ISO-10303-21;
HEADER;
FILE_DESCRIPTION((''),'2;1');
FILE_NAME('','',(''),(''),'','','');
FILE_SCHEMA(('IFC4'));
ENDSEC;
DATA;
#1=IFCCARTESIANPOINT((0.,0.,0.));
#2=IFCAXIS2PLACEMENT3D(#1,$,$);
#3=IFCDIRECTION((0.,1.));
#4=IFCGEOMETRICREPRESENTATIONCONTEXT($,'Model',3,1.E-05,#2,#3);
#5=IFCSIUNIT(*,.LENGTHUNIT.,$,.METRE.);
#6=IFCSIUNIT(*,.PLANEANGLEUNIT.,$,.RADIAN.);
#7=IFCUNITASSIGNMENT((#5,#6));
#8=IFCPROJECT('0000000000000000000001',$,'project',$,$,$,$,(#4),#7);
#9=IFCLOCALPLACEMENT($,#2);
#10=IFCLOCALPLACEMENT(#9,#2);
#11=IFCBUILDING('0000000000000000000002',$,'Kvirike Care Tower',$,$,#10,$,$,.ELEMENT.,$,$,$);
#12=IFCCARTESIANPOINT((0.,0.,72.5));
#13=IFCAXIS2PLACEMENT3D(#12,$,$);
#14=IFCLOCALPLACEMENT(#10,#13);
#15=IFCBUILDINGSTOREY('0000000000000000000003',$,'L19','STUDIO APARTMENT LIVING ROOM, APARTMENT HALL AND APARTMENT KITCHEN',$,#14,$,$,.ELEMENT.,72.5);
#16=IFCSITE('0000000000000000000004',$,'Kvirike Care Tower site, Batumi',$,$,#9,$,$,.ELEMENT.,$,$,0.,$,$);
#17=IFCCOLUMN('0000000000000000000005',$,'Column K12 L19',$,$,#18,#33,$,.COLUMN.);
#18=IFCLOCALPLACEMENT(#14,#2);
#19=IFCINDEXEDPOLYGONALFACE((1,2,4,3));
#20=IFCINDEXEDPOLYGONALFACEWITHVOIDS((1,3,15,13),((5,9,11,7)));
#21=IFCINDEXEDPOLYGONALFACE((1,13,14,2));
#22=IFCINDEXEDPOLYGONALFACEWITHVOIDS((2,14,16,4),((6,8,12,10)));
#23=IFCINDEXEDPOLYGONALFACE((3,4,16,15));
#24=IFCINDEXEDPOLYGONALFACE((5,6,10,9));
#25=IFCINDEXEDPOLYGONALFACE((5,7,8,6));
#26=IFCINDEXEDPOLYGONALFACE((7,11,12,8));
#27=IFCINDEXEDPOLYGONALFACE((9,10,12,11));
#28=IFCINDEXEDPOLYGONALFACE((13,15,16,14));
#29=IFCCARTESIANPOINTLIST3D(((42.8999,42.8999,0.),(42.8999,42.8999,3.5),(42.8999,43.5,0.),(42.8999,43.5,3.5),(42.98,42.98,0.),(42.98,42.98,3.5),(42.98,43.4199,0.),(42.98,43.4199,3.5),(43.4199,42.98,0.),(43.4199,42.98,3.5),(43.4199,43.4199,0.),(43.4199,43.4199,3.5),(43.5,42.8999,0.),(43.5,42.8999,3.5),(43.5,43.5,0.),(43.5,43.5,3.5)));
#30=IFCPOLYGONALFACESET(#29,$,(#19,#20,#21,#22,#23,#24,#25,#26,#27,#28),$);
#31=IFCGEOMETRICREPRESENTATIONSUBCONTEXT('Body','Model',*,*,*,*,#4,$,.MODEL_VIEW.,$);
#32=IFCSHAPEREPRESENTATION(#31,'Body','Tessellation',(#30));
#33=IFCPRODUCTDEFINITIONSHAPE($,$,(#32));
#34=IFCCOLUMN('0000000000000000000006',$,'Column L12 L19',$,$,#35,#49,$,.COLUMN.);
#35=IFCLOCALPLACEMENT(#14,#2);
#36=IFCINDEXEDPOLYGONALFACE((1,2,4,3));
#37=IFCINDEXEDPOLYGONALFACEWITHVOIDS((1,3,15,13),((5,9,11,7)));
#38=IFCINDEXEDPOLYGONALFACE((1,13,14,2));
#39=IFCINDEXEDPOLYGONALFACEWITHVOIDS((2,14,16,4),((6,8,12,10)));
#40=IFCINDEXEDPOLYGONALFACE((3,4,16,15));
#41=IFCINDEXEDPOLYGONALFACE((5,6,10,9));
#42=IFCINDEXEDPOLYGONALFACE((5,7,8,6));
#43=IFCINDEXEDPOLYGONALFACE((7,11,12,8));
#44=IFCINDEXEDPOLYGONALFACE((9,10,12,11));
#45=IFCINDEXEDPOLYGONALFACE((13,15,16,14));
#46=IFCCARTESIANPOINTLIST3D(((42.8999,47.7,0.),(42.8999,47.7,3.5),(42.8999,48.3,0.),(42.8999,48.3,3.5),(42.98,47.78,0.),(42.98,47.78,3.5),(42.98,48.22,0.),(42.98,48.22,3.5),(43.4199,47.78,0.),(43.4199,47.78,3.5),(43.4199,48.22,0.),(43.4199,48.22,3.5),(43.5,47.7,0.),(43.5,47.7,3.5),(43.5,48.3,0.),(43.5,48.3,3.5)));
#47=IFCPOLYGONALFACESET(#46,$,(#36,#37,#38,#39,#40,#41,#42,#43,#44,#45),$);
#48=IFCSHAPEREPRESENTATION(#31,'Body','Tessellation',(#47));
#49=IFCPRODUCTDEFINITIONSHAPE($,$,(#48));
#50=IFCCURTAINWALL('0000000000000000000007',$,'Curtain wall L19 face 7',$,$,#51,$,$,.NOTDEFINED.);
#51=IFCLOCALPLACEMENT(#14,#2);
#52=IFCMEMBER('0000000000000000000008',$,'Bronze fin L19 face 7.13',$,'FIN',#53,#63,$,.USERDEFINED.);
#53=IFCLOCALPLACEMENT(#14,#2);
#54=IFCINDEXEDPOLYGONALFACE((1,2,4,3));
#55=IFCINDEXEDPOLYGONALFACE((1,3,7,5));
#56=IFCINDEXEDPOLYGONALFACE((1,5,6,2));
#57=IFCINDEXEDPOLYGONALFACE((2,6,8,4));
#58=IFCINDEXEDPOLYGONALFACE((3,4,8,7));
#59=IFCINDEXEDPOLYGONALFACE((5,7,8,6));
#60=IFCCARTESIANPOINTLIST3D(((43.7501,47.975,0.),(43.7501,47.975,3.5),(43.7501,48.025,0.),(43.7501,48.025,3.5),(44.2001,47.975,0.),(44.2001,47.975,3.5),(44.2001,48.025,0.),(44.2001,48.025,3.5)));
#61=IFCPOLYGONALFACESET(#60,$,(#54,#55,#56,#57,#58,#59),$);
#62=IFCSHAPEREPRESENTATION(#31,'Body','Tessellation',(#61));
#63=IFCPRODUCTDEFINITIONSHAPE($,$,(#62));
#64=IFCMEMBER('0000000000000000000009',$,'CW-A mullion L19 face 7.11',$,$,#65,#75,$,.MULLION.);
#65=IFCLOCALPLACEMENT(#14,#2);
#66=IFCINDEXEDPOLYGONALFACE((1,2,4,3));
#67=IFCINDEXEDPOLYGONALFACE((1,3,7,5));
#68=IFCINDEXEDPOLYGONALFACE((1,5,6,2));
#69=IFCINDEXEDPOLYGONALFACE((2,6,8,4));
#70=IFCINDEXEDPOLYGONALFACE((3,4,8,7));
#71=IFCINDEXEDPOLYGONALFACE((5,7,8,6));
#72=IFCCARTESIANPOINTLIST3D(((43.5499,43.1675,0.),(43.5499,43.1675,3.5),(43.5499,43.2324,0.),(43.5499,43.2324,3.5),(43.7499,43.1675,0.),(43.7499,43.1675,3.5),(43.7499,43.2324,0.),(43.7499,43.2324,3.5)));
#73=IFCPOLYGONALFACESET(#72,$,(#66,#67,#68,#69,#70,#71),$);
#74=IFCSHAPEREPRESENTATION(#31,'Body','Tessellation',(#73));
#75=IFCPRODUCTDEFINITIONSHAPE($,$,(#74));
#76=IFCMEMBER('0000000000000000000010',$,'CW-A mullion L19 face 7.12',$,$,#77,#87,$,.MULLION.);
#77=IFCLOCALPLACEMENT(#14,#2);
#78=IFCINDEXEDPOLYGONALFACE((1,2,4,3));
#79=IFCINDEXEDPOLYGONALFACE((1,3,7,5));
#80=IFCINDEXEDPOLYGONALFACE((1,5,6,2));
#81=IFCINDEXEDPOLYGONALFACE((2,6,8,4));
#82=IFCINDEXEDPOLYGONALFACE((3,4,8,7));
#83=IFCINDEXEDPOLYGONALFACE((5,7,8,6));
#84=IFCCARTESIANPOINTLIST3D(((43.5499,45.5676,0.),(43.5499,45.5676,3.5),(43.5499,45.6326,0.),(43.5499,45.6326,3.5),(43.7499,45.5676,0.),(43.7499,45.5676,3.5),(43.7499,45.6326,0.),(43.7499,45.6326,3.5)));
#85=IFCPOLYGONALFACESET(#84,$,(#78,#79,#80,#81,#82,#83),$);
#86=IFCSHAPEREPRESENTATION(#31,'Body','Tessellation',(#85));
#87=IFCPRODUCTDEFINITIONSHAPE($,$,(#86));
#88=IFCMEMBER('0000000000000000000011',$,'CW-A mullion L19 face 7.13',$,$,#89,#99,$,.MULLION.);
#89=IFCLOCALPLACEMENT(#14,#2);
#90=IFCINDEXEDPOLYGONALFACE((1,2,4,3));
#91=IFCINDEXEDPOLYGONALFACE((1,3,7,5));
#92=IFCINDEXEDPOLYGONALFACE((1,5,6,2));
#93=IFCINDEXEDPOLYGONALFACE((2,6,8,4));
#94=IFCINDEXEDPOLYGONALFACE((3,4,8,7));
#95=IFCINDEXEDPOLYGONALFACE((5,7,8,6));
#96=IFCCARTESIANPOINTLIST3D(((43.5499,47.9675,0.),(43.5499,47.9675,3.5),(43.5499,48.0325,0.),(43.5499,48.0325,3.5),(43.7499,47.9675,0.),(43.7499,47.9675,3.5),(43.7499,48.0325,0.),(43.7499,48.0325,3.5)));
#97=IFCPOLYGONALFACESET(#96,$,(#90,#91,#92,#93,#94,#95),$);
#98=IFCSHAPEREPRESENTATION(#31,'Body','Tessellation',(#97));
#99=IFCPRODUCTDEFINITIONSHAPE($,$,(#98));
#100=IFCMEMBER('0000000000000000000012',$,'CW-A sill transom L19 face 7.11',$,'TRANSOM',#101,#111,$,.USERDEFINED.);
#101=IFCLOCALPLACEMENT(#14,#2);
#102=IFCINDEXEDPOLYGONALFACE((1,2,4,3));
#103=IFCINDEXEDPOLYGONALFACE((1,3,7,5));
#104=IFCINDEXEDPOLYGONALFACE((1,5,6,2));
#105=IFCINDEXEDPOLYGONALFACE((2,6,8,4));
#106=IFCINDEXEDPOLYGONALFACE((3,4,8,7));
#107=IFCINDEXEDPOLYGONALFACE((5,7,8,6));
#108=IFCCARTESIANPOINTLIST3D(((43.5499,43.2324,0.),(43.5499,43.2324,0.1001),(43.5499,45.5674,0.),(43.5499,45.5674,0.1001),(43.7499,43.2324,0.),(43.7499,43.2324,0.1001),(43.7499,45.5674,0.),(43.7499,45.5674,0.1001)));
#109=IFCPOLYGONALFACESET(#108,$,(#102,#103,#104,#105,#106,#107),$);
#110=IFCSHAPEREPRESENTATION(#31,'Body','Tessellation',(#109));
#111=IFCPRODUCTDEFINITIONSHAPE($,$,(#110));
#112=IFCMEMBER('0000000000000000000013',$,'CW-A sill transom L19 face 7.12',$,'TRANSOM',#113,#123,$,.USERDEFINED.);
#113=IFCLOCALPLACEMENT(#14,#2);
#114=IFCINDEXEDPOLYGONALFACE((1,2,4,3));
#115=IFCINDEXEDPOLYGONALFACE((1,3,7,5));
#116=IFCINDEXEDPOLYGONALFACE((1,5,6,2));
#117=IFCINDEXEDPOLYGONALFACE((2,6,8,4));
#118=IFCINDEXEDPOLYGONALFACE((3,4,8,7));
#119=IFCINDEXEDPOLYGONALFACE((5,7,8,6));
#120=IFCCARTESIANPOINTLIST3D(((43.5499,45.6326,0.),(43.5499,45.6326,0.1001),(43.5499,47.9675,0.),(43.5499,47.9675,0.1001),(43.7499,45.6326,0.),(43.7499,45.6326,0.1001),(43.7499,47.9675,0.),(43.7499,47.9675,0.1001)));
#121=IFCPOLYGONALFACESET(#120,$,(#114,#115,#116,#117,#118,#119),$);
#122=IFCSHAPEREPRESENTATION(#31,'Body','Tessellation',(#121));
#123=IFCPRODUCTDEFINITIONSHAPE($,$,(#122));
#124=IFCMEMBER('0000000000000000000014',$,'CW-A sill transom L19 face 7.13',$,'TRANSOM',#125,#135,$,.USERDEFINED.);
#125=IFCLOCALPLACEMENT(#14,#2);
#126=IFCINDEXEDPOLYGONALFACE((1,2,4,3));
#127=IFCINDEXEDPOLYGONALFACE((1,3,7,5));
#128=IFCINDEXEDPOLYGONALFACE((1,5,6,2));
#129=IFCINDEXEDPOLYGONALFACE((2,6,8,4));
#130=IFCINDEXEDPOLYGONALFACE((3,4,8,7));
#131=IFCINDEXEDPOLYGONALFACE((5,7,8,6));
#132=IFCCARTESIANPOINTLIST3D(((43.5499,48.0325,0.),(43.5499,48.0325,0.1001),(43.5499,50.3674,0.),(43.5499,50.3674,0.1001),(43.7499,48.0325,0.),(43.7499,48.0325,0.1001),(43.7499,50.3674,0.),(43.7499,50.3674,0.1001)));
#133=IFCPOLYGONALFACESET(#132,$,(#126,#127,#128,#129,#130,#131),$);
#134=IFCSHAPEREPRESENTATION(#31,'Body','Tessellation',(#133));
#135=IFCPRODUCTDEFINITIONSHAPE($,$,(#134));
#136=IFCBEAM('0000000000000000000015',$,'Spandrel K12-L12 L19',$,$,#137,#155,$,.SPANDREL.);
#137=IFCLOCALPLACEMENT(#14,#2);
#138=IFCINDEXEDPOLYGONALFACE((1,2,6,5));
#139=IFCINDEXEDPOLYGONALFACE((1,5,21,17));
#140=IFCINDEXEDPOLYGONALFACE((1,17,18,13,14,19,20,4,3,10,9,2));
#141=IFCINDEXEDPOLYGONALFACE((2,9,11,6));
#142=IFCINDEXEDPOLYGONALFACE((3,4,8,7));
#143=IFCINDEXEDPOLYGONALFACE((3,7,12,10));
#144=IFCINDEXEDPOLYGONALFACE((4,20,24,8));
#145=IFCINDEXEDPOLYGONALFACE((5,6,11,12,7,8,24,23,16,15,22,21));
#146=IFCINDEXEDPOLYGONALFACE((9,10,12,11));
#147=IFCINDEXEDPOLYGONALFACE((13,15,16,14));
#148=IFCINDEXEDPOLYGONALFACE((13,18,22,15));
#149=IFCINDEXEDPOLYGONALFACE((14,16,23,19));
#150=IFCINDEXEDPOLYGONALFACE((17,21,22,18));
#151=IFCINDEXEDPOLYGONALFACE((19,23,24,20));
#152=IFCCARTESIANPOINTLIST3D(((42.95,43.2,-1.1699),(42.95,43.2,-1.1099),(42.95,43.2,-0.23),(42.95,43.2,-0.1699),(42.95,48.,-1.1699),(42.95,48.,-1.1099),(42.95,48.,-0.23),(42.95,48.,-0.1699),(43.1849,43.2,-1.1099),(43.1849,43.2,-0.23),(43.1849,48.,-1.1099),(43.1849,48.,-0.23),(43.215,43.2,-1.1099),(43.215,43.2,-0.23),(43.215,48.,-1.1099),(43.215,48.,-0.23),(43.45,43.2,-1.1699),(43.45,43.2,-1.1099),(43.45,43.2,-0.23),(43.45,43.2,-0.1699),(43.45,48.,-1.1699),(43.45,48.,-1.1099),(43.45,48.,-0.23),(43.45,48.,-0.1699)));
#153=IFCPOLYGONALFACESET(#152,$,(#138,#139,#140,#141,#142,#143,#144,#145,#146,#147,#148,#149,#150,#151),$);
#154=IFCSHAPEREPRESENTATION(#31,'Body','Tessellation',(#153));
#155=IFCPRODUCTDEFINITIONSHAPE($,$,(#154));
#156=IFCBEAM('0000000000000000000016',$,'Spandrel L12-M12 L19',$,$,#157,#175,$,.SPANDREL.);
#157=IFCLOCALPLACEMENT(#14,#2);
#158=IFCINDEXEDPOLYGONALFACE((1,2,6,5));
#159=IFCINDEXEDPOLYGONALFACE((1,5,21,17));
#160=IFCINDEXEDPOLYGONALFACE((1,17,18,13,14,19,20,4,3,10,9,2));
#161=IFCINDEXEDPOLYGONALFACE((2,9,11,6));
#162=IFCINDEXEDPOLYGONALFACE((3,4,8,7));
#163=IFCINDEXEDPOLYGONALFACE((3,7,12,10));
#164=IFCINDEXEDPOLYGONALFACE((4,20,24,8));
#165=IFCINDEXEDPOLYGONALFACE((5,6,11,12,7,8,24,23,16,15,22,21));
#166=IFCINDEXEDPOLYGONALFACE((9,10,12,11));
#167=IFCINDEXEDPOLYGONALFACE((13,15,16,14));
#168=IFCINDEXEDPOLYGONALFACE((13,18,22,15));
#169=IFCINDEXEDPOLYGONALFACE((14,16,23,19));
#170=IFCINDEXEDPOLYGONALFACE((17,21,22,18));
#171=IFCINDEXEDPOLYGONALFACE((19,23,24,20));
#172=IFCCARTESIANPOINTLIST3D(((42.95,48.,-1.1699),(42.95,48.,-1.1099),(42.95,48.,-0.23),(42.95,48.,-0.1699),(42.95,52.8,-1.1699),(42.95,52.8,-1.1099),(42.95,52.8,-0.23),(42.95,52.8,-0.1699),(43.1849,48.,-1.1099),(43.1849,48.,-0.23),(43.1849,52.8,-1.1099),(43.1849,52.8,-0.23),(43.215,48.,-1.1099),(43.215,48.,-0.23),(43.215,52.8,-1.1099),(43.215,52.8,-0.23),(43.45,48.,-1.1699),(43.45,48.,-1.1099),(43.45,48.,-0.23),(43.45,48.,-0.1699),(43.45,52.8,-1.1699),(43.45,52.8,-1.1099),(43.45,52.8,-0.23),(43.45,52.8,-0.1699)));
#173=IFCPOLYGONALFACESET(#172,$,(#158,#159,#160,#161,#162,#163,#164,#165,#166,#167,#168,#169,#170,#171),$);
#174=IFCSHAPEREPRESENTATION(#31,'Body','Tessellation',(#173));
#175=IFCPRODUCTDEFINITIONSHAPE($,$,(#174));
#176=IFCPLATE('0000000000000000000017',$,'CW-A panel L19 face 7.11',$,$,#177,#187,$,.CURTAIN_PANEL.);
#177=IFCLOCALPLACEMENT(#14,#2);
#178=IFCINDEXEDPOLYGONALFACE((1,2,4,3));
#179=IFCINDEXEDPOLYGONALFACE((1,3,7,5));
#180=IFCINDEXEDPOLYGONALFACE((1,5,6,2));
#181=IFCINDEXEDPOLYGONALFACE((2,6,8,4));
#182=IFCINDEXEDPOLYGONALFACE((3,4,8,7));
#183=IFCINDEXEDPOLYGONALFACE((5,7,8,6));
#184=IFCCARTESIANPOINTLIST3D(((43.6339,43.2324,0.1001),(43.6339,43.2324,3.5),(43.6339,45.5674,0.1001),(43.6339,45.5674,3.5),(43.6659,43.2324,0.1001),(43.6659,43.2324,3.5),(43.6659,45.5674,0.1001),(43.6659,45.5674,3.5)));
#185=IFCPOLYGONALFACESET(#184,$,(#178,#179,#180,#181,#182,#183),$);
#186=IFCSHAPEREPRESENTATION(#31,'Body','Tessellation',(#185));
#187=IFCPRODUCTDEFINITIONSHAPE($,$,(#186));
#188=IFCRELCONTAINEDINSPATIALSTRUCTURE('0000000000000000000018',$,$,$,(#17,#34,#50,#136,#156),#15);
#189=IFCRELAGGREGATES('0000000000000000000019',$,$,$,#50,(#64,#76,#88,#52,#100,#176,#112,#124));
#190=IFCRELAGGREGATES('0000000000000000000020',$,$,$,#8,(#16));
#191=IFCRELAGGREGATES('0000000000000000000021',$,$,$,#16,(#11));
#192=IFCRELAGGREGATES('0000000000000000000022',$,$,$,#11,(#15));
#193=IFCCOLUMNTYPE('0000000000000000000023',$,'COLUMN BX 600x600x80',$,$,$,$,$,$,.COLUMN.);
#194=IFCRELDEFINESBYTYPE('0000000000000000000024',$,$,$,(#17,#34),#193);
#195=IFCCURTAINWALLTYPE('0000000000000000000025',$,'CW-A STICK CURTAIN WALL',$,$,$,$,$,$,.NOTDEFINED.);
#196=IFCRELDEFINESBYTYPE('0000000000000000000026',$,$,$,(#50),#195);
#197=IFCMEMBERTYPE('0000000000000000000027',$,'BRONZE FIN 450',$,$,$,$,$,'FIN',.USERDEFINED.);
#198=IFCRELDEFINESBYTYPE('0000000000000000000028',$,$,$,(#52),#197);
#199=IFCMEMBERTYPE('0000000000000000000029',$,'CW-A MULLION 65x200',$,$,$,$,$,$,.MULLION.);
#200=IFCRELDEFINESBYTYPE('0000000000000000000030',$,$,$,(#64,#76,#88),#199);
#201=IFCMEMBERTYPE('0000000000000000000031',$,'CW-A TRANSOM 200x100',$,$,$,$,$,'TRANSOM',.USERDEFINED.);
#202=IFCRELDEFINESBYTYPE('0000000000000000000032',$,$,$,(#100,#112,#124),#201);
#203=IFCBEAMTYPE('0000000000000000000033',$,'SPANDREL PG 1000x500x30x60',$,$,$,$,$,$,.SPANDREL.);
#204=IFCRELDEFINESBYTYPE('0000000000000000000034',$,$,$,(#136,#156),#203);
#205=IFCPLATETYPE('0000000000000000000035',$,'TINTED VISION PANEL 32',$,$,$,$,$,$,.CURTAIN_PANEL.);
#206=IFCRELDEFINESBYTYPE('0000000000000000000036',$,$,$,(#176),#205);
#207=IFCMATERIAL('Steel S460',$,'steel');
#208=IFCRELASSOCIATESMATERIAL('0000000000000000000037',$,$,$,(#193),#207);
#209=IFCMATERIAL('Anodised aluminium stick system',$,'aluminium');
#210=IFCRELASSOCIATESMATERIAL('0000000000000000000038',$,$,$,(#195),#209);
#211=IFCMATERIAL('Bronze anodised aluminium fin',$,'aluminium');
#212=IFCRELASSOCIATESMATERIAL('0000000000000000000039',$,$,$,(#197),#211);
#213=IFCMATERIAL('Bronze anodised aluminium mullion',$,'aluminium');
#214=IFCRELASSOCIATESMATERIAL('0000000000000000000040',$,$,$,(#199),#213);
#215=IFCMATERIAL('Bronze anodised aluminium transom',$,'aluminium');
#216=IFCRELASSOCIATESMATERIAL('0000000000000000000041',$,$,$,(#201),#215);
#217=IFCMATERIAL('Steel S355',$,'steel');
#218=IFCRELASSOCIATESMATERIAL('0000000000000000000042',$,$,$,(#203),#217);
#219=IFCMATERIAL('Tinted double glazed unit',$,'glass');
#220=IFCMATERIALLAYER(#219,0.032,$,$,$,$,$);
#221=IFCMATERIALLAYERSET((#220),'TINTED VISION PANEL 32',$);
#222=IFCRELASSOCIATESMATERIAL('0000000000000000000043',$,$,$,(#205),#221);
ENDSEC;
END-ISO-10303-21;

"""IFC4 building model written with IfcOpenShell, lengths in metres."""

from ifc_helpers import new_model, si_unit, direction, frame, origin, origin_2d, place, context, subcontext, project, spatial, rectangle, hollow_rectangle, i_section, extrude, material, layer, layer_set, material_profile, profile_set, type_object, element, aggregate, save


model = new_model("IFC4")

# Units and contexts
model_context = context("Model", 3, precision=1e-05, world=origin(), true_north=direction((0.0, 1.0)))
body_context = subcontext(model_context, "Body", "Model", "MODEL_VIEW")
ifc_project = project(units=[si_unit("LENGTHUNIT", "METRE"), si_unit("PLANEANGLEUNIT", "RADIAN")], contexts=[model_context])

# Site, building, storey
site_placement = place(None, origin())
site = spatial("IfcSite", under=ifc_project, at=site_placement, Name="Kvirike Care Tower site, Batumi", CompositionType="ELEMENT", RefElevation=0.0)
building_placement = place(site_placement, origin())
building = spatial("IfcBuilding", under=site, at=building_placement, Name="Kvirike Care Tower", CompositionType="ELEMENT")
storey_placement = place(building_placement, frame((0.0, 0.0, 72.5)))
storey = spatial("IfcBuildingStorey", under=building, at=storey_placement, Name="L19", Description="STUDIO APARTMENT LIVING ROOM, APARTMENT HALL AND APARTMENT KITCHEN", CompositionType="ELEMENT", Elevation=72.5)

# Columns
ifc_material_1 = material(Name="Steel S460", Category="steel")
ifc_material_profile_1 = material_profile(ifc_material_1, hollow_rectangle(XDim=0.6001, YDim=0.6001, WallThickness=0.0801, at=origin_2d()), Name="BX 600x600x80")
ifc_profile_set_1 = profile_set([ifc_material_profile_1], Name="Steel S460")
column_type = type_object("IfcColumnType", Name="COLUMN BX 600x600x80", PredefinedType="COLUMN", material=ifc_profile_set_1)
for number, where, z_axis, x_axis, name in (
    (1, (43.2, 43.2, 0.0), (0.0, 0.0, 1.0), (0.0, 1.0, 0.0), "Column K12 L19"),
    (2, (43.2, 48.0, 0.0), (0.0, 0.0, 1.0), (1.0, 0.0, 0.0), "Column L12 L19"),
):
    element("IfcColumn", number, at=place(storey_placement, frame(where, z_axis=z_axis, x_axis=x_axis)), inside=storey, type_object=column_type, Name=name, PredefinedType="COLUMN", context=body_context, shape_type="SweptSolid", body=[
        extrude(hollow_rectangle(XDim=0.6001, YDim=0.6001, WallThickness=0.0801, at=origin_2d()), origin(), (0.0, 0.0, 1.0), 3.5),
    ])

# Curtain wall, members
ifc_material_2 = material(Name="Anodised aluminium stick system", Category="aluminium")
curtain_wall_type = type_object("IfcCurtainWallType", Name="CW-A STICK CURTAIN WALL", PredefinedType="NOTDEFINED", material=ifc_material_2)
curtain_wall_placement = place(storey_placement, origin())
curtain_wall = element("IfcCurtainWall", 3, at=curtain_wall_placement, inside=storey, type_object=curtain_wall_type, Name="Curtain wall L19 face 7", PredefinedType="NOTDEFINED")
ifc_material_3 = material(Name="Bronze anodised aluminium fin", Category="aluminium")
ifc_material_profile_2 = material_profile(ifc_material_3, rectangle(XDim=0.05, YDim=0.45, at=origin_2d()), Name="BRONZE FIN 450")
ifc_profile_set_2 = profile_set([ifc_material_profile_2], Name="Bronze anodised aluminium fin")
member_type_1 = type_object("IfcMemberType", Name="BRONZE FIN 450", ElementType="FIN", PredefinedType="USERDEFINED", material=ifc_profile_set_2)
member_1_placement = place(storey_placement, frame((43.9751, 48.0, 0.0), z_axis=(0.0, 0.0, 1.0), x_axis=(0.0, 1.0, 0.0)))
member_1 = element("IfcMember", 4, at=member_1_placement, type_object=member_type_1, Name="Bronze fin L19 face 7.13", ObjectType="FIN", PredefinedType="USERDEFINED", context=body_context, shape_type="SweptSolid", body=[
    extrude(rectangle(XDim=0.05, YDim=0.45, at=origin_2d()), origin(), (0.0, 0.0, 1.0), 3.5),
])
ifc_material_4 = material(Name="Bronze anodised aluminium mullion", Category="aluminium")
ifc_material_profile_3 = material_profile(ifc_material_4, rectangle(XDim=0.0649, YDim=0.2, at=origin_2d()), Name="CW-A MULLION 65x200")
ifc_profile_set_3 = profile_set([ifc_material_profile_3], Name="Bronze anodised aluminium mullion")
member_type_2 = type_object("IfcMemberType", Name="CW-A MULLION 65x200", PredefinedType="MULLION", material=ifc_profile_set_3)
member_2_placement = place(storey_placement, frame((43.6499, 43.2, 0.0), z_axis=(0.0, 0.0, 1.0), x_axis=(0.0, 1.0, 0.0)))
member_2 = element("IfcMember", 5, at=member_2_placement, type_object=member_type_2, Name="CW-A mullion L19 face 7.11", PredefinedType="MULLION", context=body_context, shape_type="SweptSolid", body=[
    extrude(rectangle(XDim=0.0649, YDim=0.2, at=origin_2d()), origin(), (0.0, 0.0, 1.0), 3.5),
])
member_3_placement = place(storey_placement, frame((43.6499, 45.6001, 0.0), z_axis=(0.0, 0.0, 1.0), x_axis=(0.0, 1.0, 0.0)))
member_3 = element("IfcMember", 6, at=member_3_placement, type_object=member_type_2, Name="CW-A mullion L19 face 7.12", PredefinedType="MULLION", context=body_context, shape_type="SweptSolid", body=[
    extrude(rectangle(XDim=0.0649, YDim=0.2, at=origin_2d()), origin(), (0.0, 0.0, 1.0), 3.5),
])
member_4_placement = place(storey_placement, frame((43.6499, 48.0, 0.0), z_axis=(0.0, 0.0, 1.0), x_axis=(0.0, 1.0, 0.0)))
member_4 = element("IfcMember", 7, at=member_4_placement, type_object=member_type_2, Name="CW-A mullion L19 face 7.13", PredefinedType="MULLION", context=body_context, shape_type="SweptSolid", body=[
    extrude(rectangle(XDim=0.0649, YDim=0.2, at=origin_2d()), origin(), (0.0, 0.0, 1.0), 3.5),
])
ifc_material_5 = material(Name="Bronze anodised aluminium transom", Category="aluminium")
ifc_material_profile_4 = material_profile(ifc_material_5, rectangle(XDim=0.2, YDim=0.1001, at=origin_2d()), Name="CW-A TRANSOM 200x100")
ifc_profile_set_4 = profile_set([ifc_material_profile_4], Name="Bronze anodised aluminium transom")
member_type_3 = type_object("IfcMemberType", Name="CW-A TRANSOM 200x100", ElementType="TRANSOM", PredefinedType="USERDEFINED", material=ifc_profile_set_4)
member_5_placement = place(storey_placement, frame((43.6499, 43.2324, 0.05), z_axis=(0.0, 1.0, 0.0), x_axis=(-1.0, 0.0, 0.0)))
member_5 = element("IfcMember", 8, at=member_5_placement, type_object=member_type_3, Name="CW-A sill transom L19 face 7.11", ObjectType="TRANSOM", PredefinedType="USERDEFINED", context=body_context, shape_type="SweptSolid", body=[
    extrude(rectangle(XDim=0.2, YDim=0.1001, at=origin_2d()), origin(), (0.0, 0.0, 1.0), 2.335),
])
member_6_placement = place(storey_placement, frame((43.6499, 45.6326, 0.05), z_axis=(0.0, 1.0, 0.0), x_axis=(-1.0, 0.0, 0.0)))
member_6 = element("IfcMember", 9, at=member_6_placement, type_object=member_type_3, Name="CW-A sill transom L19 face 7.12", ObjectType="TRANSOM", PredefinedType="USERDEFINED", context=body_context, shape_type="SweptSolid", body=[
    extrude(rectangle(XDim=0.2, YDim=0.1001, at=origin_2d()), origin(), (0.0, 0.0, 1.0), 2.335),
])
member_7_placement = place(storey_placement, frame((43.6499, 48.0325, 0.05), z_axis=(0.0, 1.0, 0.0), x_axis=(-1.0, 0.0, 0.0)))
member_7 = element("IfcMember", 10, at=member_7_placement, type_object=member_type_3, Name="CW-A sill transom L19 face 7.13", ObjectType="TRANSOM", PredefinedType="USERDEFINED", context=body_context, shape_type="SweptSolid", body=[
    extrude(rectangle(XDim=0.2, YDim=0.1001, at=origin_2d()), origin(), (0.0, 0.0, 1.0), 2.335),
])

# Beams
ifc_material_6 = material(Name="Steel S355", Category="steel")
ifc_material_profile_5 = material_profile(ifc_material_6, i_section(OverallWidth=0.5, OverallDepth=1.0, WebThickness=0.03, FlangeThickness=0.0601, at=origin_2d()), Name="PG 1000x500x30x60")
ifc_profile_set_5 = profile_set([ifc_material_profile_5], Name="Steel S355")
beam_type = type_object("IfcBeamType", Name="SPANDREL PG 1000x500x30x60", PredefinedType="SPANDREL", material=ifc_profile_set_5)
for number, where, z_axis, x_axis, name in (
    (11, (43.2, 43.2, -0.6699), (0.0, 1.0, 0.0), (-1.0, 0.0, 0.0), "Spandrel K12-L12 L19"),
    (12, (43.2, 48.0, -0.6699), (0.0, 1.0, 0.0), (-1.0, 0.0, 0.0), "Spandrel L12-M12 L19"),
):
    element("IfcBeam", number, at=place(storey_placement, frame(where, z_axis=z_axis, x_axis=x_axis)), inside=storey, type_object=beam_type, Name=name, PredefinedType="SPANDREL", context=body_context, shape_type="SweptSolid", body=[
        extrude(i_section(OverallWidth=0.5, OverallDepth=1.0, WebThickness=0.03, FlangeThickness=0.0601, at=origin_2d()), origin(), (0.0, 0.0, 1.0), 4.8),
    ])

# Plate
ifc_material_7 = material(Name="Tinted double glazed unit", Category="glass")
ifc_layer_1 = layer(ifc_material_7, 0.032)
ifc_layer_set_1 = layer_set([ifc_layer_1], Name="TINTED VISION PANEL 32")
plate_type = type_object("IfcPlateType", Name="TINTED VISION PANEL 32", PredefinedType="CURTAIN_PANEL", material=ifc_layer_set_1)
plate_1_placement = place(storey_placement, frame((43.6499, 44.3999, 0.1001), z_axis=(0.0, 0.0, 1.0), x_axis=(0.0, 1.0, 0.0)))
plate_1 = element("IfcPlate", 13, at=plate_1_placement, type_object=plate_type, Name="CW-A panel L19 face 7.11", PredefinedType="CURTAIN_PANEL", context=body_context, shape_type="SweptSolid", body=[
    extrude(rectangle(XDim=2.335, YDim=0.032, at=origin_2d()), origin(), (0.0, 0.0, 1.0), 3.3999),
])
aggregate(curtain_wall, [member_2, member_3, member_4, member_1, member_5, plate_1, member_6, member_7])

save(model, "model.ifc")
